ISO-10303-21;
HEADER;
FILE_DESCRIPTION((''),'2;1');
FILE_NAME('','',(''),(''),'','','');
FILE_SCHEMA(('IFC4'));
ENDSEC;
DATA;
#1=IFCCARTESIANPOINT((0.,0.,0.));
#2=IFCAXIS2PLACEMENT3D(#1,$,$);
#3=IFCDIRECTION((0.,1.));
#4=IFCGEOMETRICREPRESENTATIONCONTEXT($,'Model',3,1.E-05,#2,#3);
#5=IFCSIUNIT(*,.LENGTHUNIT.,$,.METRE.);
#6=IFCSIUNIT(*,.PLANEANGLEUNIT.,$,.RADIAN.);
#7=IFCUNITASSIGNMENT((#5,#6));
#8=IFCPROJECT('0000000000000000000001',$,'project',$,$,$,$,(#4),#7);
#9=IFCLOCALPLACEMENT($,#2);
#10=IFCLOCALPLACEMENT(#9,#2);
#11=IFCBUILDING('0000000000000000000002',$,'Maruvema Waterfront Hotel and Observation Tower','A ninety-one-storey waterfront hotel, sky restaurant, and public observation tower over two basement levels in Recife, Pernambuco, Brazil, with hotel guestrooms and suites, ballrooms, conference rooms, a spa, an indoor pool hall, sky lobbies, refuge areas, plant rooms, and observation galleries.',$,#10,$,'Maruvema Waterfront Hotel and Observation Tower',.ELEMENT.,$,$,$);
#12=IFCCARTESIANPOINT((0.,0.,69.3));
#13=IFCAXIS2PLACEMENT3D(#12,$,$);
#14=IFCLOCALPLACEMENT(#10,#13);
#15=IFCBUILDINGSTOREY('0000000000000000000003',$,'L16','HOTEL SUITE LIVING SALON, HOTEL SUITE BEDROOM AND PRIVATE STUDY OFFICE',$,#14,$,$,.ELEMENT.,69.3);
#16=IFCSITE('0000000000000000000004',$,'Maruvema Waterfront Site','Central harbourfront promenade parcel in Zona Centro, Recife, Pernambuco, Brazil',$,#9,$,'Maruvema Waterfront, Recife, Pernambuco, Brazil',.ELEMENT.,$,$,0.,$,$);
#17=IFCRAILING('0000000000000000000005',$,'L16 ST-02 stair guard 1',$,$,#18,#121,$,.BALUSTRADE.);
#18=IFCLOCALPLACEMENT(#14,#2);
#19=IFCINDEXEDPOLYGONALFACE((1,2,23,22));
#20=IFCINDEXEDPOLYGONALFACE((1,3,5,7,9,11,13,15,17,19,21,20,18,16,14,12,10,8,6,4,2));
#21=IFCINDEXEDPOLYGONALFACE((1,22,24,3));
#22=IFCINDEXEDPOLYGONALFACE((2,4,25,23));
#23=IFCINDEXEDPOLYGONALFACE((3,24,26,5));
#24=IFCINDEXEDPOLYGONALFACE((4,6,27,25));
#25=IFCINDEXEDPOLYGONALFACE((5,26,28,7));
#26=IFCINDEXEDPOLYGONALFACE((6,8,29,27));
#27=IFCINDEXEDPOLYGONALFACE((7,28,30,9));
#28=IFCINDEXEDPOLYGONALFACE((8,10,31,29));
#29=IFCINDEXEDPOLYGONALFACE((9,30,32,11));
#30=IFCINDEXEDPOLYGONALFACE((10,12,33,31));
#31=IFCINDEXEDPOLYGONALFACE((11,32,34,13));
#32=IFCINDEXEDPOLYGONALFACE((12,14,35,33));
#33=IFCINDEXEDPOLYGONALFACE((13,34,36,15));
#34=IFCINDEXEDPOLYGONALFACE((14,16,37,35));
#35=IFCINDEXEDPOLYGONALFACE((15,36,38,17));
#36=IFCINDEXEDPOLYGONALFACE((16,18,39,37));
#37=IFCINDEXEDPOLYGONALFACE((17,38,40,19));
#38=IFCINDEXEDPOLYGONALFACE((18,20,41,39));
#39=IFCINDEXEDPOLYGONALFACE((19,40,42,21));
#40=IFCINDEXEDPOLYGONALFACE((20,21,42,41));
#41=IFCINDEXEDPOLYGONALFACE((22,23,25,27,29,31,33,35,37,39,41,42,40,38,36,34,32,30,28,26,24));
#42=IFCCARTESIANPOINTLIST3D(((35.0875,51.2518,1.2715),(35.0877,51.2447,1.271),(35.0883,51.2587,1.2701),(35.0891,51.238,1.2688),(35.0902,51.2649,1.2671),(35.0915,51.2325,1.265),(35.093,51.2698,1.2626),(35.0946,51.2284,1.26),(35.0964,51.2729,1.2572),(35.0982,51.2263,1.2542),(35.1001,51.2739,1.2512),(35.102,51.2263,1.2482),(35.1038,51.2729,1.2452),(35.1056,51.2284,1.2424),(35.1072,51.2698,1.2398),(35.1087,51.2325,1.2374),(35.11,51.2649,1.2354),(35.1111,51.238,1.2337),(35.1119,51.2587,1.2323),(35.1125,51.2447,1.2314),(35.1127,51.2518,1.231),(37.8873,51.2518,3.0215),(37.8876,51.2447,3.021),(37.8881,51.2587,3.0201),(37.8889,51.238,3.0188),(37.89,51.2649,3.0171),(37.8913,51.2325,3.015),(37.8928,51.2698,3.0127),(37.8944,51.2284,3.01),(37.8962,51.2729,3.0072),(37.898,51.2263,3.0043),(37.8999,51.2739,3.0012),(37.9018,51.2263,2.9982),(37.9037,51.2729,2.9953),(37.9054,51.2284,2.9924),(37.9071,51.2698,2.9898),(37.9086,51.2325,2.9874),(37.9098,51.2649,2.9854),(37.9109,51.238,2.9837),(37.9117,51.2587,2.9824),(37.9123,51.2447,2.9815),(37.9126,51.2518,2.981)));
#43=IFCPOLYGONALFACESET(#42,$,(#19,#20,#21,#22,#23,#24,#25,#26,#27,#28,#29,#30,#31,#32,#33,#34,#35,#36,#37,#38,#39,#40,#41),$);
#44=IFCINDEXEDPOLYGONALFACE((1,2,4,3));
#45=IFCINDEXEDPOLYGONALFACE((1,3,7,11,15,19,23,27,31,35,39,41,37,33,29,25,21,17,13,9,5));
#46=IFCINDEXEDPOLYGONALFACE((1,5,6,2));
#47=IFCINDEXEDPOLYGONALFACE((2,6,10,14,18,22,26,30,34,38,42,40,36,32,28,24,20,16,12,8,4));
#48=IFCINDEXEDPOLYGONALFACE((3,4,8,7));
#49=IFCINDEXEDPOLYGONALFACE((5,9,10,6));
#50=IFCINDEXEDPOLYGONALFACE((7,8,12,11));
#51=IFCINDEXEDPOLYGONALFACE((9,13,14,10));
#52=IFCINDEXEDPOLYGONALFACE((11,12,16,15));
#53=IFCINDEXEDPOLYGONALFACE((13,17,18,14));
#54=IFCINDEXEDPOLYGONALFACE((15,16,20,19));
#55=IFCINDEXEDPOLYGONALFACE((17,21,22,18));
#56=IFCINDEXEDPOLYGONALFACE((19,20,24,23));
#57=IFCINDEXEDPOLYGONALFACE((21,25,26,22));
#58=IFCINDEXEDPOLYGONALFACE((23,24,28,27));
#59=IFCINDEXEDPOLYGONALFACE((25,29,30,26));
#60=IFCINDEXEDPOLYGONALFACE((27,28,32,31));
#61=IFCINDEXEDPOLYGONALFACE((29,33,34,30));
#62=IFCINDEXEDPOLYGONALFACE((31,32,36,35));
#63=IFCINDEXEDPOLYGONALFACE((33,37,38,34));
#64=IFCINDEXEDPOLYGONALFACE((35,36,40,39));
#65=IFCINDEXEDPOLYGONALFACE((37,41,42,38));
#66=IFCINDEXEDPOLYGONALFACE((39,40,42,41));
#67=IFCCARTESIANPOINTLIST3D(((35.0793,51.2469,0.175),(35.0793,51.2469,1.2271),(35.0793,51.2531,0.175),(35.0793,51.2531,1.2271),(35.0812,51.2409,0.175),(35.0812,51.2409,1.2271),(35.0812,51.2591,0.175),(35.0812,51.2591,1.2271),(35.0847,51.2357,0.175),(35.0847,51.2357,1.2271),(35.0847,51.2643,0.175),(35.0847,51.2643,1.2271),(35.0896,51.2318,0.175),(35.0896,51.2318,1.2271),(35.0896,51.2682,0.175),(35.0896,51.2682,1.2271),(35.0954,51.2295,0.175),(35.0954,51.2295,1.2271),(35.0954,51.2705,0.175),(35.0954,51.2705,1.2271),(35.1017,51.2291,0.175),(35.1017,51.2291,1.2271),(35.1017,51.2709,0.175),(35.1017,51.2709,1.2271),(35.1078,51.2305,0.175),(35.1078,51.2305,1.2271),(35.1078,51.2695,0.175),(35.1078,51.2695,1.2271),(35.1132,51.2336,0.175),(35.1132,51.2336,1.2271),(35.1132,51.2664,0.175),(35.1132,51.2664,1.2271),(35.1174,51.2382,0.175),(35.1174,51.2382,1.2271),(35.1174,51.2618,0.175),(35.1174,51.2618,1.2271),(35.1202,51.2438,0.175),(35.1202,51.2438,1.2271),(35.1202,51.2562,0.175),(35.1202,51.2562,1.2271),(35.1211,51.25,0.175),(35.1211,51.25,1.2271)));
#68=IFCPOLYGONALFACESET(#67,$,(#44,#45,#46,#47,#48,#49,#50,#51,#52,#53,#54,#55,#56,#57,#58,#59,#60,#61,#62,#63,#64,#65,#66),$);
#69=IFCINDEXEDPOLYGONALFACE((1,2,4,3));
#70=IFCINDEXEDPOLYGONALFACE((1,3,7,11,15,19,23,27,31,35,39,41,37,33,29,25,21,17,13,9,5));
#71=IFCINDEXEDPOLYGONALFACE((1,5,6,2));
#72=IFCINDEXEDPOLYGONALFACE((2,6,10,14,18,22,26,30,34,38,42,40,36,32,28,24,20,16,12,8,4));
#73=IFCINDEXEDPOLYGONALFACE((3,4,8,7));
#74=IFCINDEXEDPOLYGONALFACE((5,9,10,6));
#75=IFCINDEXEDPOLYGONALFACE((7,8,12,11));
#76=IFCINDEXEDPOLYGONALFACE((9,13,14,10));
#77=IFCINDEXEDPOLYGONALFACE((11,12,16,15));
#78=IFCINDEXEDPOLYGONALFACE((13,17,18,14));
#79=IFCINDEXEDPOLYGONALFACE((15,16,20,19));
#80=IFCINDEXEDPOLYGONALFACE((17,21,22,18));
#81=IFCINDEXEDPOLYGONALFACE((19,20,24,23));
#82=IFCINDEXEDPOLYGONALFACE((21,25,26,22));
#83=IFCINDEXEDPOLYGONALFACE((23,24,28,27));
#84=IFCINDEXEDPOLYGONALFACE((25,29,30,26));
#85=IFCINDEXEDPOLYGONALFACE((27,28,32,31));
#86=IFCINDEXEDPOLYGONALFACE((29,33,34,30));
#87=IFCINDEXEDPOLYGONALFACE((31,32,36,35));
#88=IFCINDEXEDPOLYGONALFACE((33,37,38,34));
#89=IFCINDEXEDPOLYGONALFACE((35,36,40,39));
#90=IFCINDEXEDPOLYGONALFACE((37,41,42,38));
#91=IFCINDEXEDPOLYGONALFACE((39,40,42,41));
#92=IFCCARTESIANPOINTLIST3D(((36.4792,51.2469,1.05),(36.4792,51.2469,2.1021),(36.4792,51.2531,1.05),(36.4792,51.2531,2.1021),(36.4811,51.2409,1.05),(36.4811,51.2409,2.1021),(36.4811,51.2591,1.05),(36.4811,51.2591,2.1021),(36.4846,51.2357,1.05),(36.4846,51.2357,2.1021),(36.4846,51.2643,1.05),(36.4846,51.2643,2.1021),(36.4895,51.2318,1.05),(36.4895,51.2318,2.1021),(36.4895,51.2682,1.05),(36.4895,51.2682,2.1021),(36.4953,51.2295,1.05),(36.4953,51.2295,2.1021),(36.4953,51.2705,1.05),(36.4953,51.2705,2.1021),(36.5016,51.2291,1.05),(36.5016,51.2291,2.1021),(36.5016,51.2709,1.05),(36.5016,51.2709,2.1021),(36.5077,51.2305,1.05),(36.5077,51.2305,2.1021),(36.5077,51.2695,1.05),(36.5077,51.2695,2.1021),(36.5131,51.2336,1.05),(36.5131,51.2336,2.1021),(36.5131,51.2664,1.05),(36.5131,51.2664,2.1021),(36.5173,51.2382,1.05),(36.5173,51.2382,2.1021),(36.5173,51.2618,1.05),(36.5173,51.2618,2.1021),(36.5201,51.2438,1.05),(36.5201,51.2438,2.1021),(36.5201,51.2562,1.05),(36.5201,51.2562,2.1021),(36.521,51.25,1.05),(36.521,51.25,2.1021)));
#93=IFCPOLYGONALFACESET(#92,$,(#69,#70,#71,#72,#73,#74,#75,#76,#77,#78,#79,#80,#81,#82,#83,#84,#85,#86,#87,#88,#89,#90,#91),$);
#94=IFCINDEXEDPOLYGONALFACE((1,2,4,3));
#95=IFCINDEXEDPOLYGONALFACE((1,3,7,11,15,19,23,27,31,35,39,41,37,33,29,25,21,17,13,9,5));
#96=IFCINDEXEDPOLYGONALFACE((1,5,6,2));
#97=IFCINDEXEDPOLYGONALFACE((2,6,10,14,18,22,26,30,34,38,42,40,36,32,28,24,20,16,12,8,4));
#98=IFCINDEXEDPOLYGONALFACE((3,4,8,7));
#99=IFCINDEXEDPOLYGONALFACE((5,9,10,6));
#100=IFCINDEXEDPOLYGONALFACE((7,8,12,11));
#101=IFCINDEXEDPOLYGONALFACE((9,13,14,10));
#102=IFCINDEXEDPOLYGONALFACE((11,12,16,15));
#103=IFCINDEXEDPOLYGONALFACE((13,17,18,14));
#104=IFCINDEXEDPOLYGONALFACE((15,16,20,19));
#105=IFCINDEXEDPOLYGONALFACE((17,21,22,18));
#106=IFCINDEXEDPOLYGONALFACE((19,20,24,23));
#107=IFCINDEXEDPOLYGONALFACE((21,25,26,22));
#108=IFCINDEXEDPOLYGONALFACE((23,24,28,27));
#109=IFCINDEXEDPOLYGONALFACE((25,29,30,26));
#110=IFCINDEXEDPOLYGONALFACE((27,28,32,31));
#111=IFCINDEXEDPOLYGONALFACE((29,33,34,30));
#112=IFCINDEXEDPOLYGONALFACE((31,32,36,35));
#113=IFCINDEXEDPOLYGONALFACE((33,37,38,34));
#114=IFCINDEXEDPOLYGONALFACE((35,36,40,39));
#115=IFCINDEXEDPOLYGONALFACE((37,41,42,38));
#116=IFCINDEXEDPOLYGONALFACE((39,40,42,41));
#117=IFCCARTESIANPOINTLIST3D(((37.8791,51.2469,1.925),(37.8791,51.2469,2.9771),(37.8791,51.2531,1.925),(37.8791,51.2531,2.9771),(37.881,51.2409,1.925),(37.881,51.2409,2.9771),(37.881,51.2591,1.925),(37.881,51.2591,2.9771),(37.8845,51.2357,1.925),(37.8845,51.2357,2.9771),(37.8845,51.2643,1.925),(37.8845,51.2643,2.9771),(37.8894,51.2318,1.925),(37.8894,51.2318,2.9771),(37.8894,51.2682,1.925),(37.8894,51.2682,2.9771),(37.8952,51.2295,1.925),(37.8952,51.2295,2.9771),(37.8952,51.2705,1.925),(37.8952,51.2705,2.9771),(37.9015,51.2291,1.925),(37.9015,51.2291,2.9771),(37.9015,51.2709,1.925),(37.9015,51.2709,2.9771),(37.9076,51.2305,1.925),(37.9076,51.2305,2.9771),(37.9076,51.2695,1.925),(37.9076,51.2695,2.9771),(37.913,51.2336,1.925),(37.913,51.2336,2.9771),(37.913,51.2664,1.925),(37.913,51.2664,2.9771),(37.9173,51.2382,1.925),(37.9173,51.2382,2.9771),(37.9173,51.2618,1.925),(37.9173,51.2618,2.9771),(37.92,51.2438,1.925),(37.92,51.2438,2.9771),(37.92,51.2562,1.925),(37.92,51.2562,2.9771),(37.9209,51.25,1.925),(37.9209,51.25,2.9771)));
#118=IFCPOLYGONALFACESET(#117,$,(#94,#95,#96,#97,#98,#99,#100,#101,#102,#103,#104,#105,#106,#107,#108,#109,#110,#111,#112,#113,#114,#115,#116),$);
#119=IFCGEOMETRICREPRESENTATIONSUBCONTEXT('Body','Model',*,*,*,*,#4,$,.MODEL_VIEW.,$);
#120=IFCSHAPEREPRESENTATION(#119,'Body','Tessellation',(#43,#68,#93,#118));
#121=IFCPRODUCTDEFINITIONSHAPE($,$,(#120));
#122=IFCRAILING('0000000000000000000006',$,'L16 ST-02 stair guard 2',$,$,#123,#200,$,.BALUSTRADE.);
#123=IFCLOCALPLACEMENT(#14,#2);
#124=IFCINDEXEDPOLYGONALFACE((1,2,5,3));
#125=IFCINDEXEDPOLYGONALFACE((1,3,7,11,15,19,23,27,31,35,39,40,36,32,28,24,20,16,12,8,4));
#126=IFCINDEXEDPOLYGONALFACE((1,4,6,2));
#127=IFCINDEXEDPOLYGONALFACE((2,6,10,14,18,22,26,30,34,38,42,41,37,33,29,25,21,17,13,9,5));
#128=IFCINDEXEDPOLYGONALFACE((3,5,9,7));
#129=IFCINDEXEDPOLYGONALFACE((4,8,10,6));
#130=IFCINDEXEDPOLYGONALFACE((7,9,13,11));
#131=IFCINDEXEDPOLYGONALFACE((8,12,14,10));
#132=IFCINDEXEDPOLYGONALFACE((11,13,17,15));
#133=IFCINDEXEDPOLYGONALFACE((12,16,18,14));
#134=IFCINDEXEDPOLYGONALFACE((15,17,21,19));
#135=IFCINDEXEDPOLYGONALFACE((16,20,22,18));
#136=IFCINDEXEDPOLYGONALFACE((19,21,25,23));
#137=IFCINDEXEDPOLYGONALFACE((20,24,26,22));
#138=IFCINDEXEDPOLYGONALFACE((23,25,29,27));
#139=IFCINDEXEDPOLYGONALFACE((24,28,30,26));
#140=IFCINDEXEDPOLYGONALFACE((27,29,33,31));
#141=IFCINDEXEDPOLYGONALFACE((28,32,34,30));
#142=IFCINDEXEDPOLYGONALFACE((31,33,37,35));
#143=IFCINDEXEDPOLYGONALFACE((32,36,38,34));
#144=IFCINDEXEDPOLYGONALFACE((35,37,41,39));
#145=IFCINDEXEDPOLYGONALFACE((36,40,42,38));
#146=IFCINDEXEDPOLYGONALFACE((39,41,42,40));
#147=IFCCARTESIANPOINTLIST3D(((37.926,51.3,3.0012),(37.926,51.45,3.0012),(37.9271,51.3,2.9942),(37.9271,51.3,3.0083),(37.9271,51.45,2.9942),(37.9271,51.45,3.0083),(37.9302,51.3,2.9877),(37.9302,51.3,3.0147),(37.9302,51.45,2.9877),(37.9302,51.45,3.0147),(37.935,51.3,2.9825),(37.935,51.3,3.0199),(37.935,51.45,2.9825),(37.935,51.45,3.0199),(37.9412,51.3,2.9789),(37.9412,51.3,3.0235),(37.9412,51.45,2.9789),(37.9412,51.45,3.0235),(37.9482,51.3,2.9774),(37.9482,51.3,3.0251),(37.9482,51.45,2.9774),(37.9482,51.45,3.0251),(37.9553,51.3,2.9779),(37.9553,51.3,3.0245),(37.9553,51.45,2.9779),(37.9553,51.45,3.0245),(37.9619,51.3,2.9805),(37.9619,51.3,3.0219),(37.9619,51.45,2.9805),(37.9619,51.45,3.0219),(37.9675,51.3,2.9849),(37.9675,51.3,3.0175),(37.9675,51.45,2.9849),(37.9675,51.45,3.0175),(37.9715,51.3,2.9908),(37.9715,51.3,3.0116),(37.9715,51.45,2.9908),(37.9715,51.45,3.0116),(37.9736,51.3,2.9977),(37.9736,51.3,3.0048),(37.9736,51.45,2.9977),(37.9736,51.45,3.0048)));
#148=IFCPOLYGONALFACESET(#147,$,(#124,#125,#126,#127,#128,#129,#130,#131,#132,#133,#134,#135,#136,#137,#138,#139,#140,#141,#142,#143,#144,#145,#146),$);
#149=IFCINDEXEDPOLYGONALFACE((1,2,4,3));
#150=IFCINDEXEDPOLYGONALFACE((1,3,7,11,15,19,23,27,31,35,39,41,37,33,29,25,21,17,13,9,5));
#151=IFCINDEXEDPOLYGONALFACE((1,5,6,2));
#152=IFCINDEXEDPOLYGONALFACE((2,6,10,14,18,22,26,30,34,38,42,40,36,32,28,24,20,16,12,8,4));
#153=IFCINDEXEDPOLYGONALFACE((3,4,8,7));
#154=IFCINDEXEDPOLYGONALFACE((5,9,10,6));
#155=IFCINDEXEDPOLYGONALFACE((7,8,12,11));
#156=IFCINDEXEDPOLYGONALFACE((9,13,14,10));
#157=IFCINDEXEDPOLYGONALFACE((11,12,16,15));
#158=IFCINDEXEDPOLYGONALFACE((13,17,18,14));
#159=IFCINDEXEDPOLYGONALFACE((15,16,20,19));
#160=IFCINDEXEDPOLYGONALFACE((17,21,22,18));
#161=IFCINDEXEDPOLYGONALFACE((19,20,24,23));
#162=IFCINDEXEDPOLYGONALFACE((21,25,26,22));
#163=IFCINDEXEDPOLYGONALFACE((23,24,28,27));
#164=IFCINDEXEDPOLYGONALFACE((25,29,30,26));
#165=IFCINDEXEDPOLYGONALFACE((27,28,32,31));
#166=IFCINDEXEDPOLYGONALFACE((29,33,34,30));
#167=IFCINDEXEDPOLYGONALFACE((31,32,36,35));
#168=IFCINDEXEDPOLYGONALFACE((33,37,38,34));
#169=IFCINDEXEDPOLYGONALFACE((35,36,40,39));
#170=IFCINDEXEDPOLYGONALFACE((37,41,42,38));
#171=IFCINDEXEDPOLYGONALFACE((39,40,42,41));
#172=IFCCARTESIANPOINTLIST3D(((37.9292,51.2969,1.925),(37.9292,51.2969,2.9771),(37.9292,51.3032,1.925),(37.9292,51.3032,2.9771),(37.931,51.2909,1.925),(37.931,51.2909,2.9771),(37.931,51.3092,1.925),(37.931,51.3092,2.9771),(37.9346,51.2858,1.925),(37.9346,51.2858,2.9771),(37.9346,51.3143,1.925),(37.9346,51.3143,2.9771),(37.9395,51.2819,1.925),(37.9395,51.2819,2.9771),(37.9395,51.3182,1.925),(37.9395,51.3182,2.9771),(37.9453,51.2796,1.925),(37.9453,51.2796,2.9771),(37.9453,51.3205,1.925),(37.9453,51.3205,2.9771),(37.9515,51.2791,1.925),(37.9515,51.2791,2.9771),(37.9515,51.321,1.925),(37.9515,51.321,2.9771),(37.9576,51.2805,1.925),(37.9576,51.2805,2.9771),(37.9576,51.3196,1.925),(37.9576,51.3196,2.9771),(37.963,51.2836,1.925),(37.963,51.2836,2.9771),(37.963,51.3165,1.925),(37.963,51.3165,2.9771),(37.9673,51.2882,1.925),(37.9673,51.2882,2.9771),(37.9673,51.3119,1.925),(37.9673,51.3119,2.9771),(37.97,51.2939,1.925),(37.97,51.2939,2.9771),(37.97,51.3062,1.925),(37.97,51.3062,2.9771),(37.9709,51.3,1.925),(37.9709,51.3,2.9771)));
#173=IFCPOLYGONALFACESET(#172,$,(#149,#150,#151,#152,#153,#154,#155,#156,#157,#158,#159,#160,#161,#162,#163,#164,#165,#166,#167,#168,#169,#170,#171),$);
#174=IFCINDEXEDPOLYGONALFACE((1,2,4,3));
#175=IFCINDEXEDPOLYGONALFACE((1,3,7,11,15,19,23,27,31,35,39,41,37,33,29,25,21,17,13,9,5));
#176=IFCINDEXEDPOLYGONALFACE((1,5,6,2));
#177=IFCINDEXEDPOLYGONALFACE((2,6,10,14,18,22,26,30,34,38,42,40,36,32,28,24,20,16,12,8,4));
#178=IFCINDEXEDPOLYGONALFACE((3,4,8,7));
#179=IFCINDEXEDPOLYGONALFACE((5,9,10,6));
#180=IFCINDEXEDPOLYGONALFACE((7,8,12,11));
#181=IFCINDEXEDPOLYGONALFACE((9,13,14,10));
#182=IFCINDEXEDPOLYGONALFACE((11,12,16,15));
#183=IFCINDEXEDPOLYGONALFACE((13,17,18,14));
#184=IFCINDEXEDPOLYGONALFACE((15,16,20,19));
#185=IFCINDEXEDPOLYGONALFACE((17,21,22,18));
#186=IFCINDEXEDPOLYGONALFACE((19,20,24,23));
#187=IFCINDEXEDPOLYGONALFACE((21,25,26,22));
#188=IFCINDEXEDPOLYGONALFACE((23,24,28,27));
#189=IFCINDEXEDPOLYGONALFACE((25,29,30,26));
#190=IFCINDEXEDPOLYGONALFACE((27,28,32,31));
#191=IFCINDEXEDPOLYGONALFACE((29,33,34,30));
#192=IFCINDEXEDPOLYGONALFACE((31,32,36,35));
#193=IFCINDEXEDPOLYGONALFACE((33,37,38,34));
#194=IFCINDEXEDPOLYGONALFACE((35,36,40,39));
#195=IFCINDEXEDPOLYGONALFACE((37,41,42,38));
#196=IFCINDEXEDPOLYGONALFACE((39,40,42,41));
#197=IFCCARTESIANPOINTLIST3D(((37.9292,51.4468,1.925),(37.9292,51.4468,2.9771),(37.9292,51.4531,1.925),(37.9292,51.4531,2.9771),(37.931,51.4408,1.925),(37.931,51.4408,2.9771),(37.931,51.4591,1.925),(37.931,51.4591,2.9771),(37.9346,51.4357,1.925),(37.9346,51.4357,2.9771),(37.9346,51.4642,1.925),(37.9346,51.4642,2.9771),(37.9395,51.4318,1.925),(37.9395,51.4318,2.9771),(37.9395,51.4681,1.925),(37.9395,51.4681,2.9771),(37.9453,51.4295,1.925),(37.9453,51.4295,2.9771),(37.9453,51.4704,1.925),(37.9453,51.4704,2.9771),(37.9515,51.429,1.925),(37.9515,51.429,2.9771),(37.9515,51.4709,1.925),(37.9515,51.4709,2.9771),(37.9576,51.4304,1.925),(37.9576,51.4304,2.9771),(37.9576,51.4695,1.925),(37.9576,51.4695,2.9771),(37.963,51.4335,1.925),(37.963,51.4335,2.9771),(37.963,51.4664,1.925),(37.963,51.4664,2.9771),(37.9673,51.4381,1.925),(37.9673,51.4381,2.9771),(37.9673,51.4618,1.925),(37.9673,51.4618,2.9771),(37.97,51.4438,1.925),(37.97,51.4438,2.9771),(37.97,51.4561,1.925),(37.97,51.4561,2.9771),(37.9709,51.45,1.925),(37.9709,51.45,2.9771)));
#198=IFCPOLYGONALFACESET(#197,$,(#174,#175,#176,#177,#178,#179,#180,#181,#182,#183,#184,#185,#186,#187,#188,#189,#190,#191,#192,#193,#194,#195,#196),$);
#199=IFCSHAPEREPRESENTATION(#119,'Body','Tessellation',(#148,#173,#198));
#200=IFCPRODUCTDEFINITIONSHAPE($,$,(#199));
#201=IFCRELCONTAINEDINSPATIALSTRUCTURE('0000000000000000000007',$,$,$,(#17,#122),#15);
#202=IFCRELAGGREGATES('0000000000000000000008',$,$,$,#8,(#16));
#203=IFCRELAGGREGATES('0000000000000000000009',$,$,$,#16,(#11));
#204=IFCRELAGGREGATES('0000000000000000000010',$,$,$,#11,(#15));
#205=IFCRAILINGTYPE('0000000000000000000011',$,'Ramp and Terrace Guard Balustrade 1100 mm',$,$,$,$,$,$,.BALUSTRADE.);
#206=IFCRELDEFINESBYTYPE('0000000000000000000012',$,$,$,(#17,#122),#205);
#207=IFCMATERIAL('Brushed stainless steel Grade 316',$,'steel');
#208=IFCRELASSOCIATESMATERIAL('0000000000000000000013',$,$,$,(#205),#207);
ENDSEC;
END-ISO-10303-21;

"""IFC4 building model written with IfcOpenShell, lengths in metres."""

from ifc_helpers import new_model, si_unit, direction, frame, origin, origin_2d, place, context, subcontext, project, spatial, circle, extrude, material, type_object, element, save


model = new_model("IFC4")

# Units and contexts
model_context = context("Model", 3, precision=1e-05, world=origin(), true_north=direction((0.0, 1.0)))
body_context = subcontext(model_context, "Body", "Model", "MODEL_VIEW")
ifc_project = project(units=[si_unit("LENGTHUNIT", "METRE"), si_unit("PLANEANGLEUNIT", "RADIAN")], contexts=[model_context])

# Site, building, storey
site_placement = place(None, origin())
site = spatial("IfcSite", under=ifc_project, at=site_placement, Name="Maruvema Waterfront Site", Description="Central harbourfront promenade parcel in Zona Centro, Recife, Pernambuco, Brazil", LongName="Maruvema Waterfront, Recife, Pernambuco, Brazil", CompositionType="ELEMENT", RefElevation=0.0)
building_placement = place(site_placement, origin())
building = spatial("IfcBuilding", under=site, at=building_placement, Name="Maruvema Waterfront Hotel and Observation Tower", Description="A ninety-one-storey waterfront hotel, sky restaurant, and public observation tower over two basement levels in Recife, Pernambuco, Brazil, with hotel guestrooms and suites, ballrooms, conference rooms, a spa, an indoor pool hall, sky lobbies, refuge areas, plant rooms, and observation galleries.", LongName="Maruvema Waterfront Hotel and Observation Tower", CompositionType="ELEMENT")
storey_placement = place(building_placement, frame((0.0, 0.0, 69.3)))
storey = spatial("IfcBuildingStorey", under=building, at=storey_placement, Name="L16", Description="HOTEL SUITE LIVING SALON, HOTEL SUITE BEDROOM AND PRIVATE STUDY OFFICE", CompositionType="ELEMENT", Elevation=69.3)

# Railings
ifc_material_1 = material(Name="Brushed stainless steel Grade 316", Category="steel")
railing_type_1 = type_object("IfcRailingType", Name="Ramp and Terrace Guard Balustrade 1100 mm", PredefinedType="BALUSTRADE", material=ifc_material_1)
railing_1_placement = place(storey_placement, frame((35.1001, 51.25, 0.175)))
element("IfcRailing", 1, at=railing_1_placement, inside=storey, type_object=railing_type_1, Name="L16 ST-02 stair guard 1", PredefinedType="BALUSTRADE", context=body_context, shape_type="SweptSolid", body=[
    extrude(circle(Radius=0.0239, at=origin_2d()), frame((0.0, 0.0, 1.0762), z_axis=(0.847982, 0.0, 0.530026), x_axis=(0.0, 1.0, 0.0)), (0.0, 0.0, 1.0), 3.3018),
    extrude(circle(Radius=0.021, at=origin_2d()), origin(), (0.0, 0.0, 1.0), 1.052),
    extrude(circle(Radius=0.021, at=origin_2d()), frame((1.3999, 0.0, 0.875)), (0.0, 0.0, 1.0), 1.052),
    extrude(circle(Radius=0.021, at=origin_2d()), frame((2.7998, 0.0, 1.75)), (0.0, 0.0, 1.0), 1.052),
])
railing_2_placement = place(storey_placement, frame((37.95, 51.3, 1.925)))
element("IfcRailing", 2, at=railing_2_placement, inside=storey, type_object=railing_type_1, Name="L16 ST-02 stair guard 2", PredefinedType="BALUSTRADE", context=body_context, shape_type="SweptSolid", body=[
    extrude(circle(Radius=0.0239, at=origin_2d()), frame((0.0, 0.0, 1.0762), z_axis=(0.0, 1.0, 0.0), x_axis=(-1.0, 0.0, 0.0)), (0.0, 0.0, 1.0), 0.1499),
    extrude(circle(Radius=0.021, at=origin_2d()), origin(), (0.0, 0.0, 1.0), 1.052),
    extrude(circle(Radius=0.021, at=origin_2d()), frame((0.0, 0.1499, 0.0)), (0.0, 0.0, 1.0), 1.052),
])

save(model, "model.ifc")
